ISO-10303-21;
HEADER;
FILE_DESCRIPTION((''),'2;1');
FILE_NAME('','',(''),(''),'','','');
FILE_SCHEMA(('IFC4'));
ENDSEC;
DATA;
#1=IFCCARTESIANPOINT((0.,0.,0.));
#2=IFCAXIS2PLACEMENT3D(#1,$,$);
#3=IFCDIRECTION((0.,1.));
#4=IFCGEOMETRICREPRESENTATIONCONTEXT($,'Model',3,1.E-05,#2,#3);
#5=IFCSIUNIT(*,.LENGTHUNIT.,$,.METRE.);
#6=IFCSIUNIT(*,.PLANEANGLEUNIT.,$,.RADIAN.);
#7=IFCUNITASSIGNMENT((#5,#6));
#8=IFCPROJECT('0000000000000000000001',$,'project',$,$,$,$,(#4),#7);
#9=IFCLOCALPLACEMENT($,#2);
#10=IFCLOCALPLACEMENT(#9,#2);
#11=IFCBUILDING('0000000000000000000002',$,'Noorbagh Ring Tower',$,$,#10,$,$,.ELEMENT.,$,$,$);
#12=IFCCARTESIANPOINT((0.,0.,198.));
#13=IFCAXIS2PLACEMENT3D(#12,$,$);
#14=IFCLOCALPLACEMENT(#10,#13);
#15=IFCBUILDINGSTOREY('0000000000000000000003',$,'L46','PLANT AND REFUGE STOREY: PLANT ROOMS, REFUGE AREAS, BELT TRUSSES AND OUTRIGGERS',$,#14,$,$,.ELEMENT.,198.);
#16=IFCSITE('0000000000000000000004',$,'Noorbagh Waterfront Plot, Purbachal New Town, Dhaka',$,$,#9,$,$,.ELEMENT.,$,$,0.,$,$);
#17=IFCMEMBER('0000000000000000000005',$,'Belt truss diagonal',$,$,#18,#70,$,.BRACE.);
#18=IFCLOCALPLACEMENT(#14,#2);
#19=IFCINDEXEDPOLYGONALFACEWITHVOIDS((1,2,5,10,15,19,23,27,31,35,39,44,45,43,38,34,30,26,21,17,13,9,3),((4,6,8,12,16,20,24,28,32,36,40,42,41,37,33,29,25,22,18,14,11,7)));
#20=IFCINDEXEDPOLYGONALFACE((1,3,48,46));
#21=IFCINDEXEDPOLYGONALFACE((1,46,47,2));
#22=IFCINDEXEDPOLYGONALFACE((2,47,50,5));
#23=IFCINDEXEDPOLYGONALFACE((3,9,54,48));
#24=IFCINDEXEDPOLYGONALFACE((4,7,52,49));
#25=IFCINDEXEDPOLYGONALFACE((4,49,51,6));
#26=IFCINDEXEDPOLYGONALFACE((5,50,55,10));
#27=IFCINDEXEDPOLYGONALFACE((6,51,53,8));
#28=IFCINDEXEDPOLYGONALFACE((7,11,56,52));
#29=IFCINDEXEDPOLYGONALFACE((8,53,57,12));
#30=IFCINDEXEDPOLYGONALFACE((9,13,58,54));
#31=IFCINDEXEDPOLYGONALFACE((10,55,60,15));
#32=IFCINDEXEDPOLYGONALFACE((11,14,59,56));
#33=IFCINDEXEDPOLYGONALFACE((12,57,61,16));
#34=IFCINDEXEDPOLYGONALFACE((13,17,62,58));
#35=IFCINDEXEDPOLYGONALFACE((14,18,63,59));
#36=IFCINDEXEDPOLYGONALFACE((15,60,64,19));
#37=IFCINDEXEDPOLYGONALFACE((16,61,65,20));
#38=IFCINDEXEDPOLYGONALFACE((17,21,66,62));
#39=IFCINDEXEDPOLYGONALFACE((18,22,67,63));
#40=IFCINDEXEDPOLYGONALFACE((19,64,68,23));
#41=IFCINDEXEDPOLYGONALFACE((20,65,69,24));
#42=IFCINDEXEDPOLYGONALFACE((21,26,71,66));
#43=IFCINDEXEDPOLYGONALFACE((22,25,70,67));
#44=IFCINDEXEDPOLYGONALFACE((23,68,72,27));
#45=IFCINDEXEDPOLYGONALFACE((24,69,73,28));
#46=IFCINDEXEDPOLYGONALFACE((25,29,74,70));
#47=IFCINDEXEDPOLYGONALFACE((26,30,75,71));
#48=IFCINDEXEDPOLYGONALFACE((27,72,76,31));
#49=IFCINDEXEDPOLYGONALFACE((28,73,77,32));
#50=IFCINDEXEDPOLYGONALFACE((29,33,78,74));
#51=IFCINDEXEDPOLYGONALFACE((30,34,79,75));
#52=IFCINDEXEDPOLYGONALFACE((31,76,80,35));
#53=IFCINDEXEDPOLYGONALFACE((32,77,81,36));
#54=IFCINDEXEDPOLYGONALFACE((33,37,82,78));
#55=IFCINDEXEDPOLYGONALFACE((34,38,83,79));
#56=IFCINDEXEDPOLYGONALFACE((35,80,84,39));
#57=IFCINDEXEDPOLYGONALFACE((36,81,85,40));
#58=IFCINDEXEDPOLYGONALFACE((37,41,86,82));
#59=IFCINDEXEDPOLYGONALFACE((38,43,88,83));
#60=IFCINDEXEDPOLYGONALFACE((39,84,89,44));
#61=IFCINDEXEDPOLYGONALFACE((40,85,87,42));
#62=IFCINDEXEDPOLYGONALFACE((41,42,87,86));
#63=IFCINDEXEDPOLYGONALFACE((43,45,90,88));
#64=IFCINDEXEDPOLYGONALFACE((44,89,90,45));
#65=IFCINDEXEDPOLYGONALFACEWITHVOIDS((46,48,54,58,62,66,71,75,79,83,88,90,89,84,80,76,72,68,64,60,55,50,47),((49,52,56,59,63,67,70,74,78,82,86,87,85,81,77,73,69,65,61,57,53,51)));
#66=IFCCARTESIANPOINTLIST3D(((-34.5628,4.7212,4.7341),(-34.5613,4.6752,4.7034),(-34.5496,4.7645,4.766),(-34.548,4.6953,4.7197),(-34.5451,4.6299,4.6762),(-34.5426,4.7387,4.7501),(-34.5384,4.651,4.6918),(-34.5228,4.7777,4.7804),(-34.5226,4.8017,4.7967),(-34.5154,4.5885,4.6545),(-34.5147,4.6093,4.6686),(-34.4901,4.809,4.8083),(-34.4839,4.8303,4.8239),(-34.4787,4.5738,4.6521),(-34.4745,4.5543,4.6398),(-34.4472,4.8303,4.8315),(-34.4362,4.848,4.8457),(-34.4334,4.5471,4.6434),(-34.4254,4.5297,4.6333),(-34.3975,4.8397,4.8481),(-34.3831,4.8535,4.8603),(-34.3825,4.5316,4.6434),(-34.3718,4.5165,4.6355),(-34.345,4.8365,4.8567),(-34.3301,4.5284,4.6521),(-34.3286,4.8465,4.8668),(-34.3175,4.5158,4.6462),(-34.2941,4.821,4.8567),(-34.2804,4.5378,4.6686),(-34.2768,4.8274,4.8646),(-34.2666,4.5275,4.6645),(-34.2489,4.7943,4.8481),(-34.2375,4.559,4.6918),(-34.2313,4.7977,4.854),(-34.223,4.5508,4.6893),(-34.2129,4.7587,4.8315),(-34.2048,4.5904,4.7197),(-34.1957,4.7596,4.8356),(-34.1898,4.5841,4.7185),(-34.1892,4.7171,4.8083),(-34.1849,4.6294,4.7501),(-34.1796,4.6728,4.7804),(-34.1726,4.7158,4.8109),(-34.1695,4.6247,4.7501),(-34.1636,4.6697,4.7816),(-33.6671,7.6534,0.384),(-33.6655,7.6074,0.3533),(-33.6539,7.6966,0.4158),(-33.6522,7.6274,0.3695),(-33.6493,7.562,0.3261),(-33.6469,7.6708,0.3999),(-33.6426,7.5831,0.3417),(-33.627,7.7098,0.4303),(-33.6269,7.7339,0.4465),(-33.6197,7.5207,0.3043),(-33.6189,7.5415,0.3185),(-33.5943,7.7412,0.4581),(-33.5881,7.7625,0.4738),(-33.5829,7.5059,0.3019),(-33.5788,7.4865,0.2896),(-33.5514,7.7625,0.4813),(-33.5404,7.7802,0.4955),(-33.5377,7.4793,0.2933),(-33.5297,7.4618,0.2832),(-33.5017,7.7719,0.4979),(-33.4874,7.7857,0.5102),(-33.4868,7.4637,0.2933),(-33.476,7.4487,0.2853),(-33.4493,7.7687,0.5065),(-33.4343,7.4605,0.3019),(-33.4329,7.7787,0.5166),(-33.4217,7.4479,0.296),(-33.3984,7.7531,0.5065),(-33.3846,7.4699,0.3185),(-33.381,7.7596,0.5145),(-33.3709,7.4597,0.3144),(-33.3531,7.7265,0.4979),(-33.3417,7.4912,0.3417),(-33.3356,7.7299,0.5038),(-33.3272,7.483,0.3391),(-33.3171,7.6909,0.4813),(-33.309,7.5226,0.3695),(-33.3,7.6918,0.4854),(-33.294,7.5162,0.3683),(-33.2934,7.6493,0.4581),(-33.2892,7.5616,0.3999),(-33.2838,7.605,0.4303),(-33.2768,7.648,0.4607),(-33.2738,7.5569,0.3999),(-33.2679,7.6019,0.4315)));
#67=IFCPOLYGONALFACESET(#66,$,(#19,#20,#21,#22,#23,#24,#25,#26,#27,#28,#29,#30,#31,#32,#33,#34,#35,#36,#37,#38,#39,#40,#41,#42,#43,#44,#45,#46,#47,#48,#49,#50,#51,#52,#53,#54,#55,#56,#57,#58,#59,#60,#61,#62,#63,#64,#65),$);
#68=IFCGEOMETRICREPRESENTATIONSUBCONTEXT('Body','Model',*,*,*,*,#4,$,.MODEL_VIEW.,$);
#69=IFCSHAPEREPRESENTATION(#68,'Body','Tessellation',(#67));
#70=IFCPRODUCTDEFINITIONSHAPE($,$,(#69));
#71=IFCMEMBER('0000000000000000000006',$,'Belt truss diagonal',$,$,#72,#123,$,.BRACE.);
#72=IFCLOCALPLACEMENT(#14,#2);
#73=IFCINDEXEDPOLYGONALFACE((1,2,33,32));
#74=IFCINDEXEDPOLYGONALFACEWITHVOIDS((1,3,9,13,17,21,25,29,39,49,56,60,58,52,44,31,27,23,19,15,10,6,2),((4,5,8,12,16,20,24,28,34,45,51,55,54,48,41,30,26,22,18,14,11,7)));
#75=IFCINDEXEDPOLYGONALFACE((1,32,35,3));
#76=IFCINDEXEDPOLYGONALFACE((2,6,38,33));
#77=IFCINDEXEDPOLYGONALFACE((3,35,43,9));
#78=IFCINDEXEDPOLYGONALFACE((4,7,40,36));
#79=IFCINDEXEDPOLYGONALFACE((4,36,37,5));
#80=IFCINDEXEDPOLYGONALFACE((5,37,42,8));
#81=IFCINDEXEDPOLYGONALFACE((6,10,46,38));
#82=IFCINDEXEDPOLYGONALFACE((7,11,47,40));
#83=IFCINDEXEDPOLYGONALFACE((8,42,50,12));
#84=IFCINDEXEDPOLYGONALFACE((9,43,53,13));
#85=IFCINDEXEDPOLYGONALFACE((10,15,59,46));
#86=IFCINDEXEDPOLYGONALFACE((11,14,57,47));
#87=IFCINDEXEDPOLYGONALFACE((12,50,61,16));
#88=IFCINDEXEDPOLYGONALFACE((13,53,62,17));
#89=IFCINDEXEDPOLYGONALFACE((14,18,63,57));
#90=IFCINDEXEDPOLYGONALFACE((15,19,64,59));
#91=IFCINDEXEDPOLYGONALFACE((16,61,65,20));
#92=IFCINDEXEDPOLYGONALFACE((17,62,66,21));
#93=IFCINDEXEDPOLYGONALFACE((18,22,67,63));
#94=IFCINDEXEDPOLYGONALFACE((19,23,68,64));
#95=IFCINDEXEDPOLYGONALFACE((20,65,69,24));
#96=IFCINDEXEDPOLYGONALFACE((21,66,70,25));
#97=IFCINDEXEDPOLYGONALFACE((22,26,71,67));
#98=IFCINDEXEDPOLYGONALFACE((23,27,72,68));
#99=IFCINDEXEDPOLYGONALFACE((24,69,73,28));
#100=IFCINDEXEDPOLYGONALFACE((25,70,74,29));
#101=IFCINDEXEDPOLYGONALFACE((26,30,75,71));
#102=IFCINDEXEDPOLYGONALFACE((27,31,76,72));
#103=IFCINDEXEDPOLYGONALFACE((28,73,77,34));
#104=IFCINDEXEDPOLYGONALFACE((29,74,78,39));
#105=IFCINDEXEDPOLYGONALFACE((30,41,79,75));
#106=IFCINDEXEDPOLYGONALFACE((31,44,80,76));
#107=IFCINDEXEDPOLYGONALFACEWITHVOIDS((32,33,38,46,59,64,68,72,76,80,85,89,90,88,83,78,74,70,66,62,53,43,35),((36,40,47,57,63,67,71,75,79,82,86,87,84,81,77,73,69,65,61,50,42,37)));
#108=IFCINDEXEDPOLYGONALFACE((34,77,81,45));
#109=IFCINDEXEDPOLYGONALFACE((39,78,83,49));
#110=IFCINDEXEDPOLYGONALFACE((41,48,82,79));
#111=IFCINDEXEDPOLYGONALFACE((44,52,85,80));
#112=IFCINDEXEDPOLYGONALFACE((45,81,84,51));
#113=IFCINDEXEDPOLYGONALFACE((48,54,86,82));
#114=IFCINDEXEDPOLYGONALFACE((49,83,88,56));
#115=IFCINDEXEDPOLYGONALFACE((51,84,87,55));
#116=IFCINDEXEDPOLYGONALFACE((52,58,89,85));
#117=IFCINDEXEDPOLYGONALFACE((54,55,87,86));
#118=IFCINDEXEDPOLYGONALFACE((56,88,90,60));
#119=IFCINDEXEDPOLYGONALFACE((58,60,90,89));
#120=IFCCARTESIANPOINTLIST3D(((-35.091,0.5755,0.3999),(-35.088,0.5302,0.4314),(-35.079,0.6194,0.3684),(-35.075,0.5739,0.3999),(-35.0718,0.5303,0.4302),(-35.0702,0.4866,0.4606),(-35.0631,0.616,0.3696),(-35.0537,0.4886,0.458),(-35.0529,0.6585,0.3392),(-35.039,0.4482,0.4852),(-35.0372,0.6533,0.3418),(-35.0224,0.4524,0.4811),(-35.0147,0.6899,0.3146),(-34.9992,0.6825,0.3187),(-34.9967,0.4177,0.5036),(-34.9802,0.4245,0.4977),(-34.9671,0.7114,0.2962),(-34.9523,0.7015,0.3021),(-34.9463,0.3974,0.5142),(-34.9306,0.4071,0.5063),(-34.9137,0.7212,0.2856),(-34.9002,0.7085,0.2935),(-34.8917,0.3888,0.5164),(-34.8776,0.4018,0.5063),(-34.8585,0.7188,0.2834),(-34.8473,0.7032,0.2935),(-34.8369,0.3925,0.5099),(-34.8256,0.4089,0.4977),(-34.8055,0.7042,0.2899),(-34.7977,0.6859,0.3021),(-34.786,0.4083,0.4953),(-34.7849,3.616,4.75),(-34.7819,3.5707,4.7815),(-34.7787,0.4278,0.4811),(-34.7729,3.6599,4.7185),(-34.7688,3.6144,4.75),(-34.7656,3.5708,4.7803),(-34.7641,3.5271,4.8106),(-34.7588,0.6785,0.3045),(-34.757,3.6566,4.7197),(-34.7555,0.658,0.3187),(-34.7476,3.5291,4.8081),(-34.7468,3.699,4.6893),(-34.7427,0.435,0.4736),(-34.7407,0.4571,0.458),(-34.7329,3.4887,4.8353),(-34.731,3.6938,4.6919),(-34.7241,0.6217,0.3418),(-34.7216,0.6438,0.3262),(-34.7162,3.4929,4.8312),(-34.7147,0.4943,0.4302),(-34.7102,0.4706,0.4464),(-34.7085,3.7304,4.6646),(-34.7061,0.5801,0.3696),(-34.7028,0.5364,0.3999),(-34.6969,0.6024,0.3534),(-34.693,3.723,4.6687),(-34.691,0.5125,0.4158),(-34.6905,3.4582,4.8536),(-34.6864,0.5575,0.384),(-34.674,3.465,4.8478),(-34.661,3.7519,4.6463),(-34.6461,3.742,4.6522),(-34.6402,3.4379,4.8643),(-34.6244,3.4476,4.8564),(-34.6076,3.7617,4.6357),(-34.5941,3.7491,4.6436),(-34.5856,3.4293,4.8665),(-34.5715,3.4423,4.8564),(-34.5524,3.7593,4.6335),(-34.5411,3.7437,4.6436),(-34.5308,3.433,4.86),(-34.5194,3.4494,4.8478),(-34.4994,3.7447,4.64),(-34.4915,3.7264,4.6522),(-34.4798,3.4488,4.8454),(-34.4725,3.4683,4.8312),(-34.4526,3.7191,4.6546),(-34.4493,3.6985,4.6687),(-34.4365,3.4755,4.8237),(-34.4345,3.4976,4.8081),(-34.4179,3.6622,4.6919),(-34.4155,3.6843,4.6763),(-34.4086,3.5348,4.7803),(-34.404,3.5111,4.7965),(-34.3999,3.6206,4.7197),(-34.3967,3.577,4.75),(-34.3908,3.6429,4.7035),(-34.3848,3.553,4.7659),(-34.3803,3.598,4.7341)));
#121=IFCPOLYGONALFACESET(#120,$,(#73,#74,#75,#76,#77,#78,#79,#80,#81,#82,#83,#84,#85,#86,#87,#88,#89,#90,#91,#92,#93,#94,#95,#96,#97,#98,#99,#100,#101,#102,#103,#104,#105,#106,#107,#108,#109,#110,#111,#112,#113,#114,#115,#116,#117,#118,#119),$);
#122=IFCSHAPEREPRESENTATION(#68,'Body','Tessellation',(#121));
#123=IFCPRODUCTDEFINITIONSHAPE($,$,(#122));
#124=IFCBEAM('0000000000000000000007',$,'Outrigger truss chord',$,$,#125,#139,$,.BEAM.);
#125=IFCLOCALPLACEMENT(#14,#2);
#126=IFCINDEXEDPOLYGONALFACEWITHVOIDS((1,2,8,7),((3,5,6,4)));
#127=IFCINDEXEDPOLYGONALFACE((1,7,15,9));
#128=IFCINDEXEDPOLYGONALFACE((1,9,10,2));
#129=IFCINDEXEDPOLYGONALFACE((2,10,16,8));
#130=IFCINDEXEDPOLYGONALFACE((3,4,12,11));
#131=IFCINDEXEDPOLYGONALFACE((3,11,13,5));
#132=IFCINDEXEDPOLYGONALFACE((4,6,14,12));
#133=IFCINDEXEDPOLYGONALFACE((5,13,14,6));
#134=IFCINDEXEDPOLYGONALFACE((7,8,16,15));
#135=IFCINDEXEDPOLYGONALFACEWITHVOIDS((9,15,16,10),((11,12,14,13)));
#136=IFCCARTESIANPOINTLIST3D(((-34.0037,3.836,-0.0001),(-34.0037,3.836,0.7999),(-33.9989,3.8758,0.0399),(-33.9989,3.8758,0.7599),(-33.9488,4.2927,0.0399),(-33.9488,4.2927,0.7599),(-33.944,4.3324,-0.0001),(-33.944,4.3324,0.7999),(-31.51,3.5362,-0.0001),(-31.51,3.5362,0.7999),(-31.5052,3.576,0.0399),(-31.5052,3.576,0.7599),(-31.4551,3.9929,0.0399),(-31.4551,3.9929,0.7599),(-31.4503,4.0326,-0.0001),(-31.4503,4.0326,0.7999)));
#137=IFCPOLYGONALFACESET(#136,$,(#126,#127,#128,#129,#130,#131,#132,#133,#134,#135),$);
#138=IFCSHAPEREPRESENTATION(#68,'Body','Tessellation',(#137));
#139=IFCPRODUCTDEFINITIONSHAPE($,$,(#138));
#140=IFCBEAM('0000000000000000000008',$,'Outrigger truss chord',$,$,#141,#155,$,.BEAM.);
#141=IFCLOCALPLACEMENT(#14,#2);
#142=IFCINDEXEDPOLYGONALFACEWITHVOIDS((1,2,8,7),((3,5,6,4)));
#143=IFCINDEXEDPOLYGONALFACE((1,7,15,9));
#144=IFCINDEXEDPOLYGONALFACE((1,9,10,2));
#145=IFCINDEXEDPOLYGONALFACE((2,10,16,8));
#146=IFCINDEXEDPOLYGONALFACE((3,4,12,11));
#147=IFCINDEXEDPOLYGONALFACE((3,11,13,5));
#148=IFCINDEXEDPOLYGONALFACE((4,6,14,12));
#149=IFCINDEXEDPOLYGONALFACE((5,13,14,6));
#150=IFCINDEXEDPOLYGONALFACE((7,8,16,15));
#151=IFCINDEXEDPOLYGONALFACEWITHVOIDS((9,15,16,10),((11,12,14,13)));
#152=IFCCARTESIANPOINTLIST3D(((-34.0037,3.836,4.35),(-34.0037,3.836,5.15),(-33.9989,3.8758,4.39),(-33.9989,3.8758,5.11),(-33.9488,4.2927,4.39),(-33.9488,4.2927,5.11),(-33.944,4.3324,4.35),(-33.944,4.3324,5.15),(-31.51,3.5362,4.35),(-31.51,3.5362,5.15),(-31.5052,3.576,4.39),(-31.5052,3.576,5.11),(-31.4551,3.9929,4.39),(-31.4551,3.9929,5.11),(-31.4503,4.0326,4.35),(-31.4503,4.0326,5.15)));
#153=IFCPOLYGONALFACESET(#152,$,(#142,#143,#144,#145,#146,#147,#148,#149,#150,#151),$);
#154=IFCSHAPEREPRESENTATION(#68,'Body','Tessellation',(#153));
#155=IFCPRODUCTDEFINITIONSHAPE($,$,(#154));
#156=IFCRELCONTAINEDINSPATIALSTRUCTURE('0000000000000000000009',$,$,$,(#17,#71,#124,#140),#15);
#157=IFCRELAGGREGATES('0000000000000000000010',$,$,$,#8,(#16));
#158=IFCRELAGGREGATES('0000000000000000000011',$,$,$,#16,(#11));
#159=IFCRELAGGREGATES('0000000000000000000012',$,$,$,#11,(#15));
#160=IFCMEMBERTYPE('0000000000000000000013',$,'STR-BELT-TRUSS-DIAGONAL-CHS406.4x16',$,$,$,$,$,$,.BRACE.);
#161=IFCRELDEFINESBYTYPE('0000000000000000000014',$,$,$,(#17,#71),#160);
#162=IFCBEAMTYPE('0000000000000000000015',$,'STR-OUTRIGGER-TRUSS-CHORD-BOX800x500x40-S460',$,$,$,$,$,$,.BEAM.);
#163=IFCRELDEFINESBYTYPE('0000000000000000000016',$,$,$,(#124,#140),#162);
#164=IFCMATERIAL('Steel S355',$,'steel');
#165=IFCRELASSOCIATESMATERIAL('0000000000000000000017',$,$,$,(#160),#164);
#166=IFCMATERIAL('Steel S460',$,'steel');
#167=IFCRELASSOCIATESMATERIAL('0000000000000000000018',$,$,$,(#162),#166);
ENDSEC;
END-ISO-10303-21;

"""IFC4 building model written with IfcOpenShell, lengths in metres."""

from ifc_helpers import new_model, si_unit, direction, frame, origin, origin_2d, place, context, subcontext, project, spatial, hollow_rectangle, hollow_circle, extrude, material, material_profile, profile_set, type_object, element, save


model = new_model("IFC4")

# Units and contexts
model_context = context("Model", 3, precision=1e-05, world=origin(), true_north=direction((0.0, 1.0)))
body_context = subcontext(model_context, "Body", "Model", "MODEL_VIEW")
ifc_project = project(units=[si_unit("LENGTHUNIT", "METRE"), si_unit("PLANEANGLEUNIT", "RADIAN")], contexts=[model_context])

# Site, building, storey
site_placement = place(None, origin())
site = spatial("IfcSite", under=ifc_project, at=site_placement, Name="Noorbagh Waterfront Plot, Purbachal New Town, Dhaka", CompositionType="ELEMENT", RefElevation=0.0)
building_placement = place(site_placement, origin())
building = spatial("IfcBuilding", under=site, at=building_placement, Name="Noorbagh Ring Tower", CompositionType="ELEMENT")
storey_placement = place(building_placement, frame((0.0, 0.0, 198.0)))
storey = spatial("IfcBuildingStorey", under=building, at=storey_placement, Name="L46", Description="PLANT AND REFUGE STOREY: PLANT ROOMS, REFUGE AREAS, BELT TRUSSES AND OUTRIGGERS", CompositionType="ELEMENT", Elevation=198.0)

# Members
ifc_material_1 = material(Name="Steel S355", Category="steel")
ifc_material_profile_1 = material_profile(ifc_material_1, hollow_circle(Radius=0.2031, WallThickness=0.0161, at=origin_2d()), Name="CHS406.4x16")
ifc_profile_set_1 = profile_set([ifc_material_profile_1], Name="Steel S355")
member_type_1 = type_object("IfcMemberType", Name="STR-BELT-TRUSS-DIAGONAL-CHS406.4x16", PredefinedType="BRACE", material=ifc_profile_set_1)
member_1_placement = place(storey_placement, frame((-33.468, 7.6162, 0.3999), z_axis=(-0.168313, -0.550951, 0.817389), x_axis=(0.956368, -0.292166, 0.0)))
element("IfcMember", 1, at=member_1_placement, inside=storey, type_object=member_type_1, Name="Belt truss diagonal", PredefinedType="BRACE", context=body_context, shape_type="SweptSolid", body=[
    extrude(hollow_circle(Radius=0.2031, WallThickness=0.0161, at=origin_2d()), origin(), (0.0, 0.0, 1.0), 5.322),
])
member_2_placement = place(storey_placement, frame((-34.8889, 0.5552, 0.3999), z_axis=(0.057589, 0.571937, 0.818273), x_axis=(-0.994969, 0.100184, 0.0)))
element("IfcMember", 2, at=member_2_placement, inside=storey, type_object=member_type_1, Name="Belt truss diagonal", PredefinedType="BRACE", context=body_context, shape_type="SweptSolid", body=[
    extrude(hollow_circle(Radius=0.2031, WallThickness=0.0161, at=origin_2d()), origin(), (0.0, 0.0, 1.0), 5.3162),
])

# Beams
ifc_material_2 = material(Name="Steel S460", Category="steel")
ifc_material_profile_2 = material_profile(ifc_material_2, hollow_rectangle(XDim=0.5, YDim=0.8, WallThickness=0.04, at=origin_2d()), Name="BOX800x500x40")
ifc_profile_set_2 = profile_set([ifc_material_profile_2], Name="Steel S460")
beam_type_1 = type_object("IfcBeamType", Name="STR-OUTRIGGER-TRUSS-CHORD-BOX800x500x40-S460", PredefinedType="BEAM", material=ifc_profile_set_2)
for number, where, z_axis, x_axis, name in (
    (3, (-33.9739, 4.0842, 0.3999), (0.99285, -0.119368, 0.0), (0.119368, 0.99285, 0.0), "Outrigger truss chord"),
    (4, (-33.9739, 4.0842, 4.75), (0.99285, -0.119368, 0.0), (0.119368, 0.99285, 0.0), "Outrigger truss chord"),
):
    element("IfcBeam", number, at=place(storey_placement, frame(where, z_axis=z_axis, x_axis=x_axis)), inside=storey, type_object=beam_type_1, Name=name, PredefinedType="BEAM", context=body_context, shape_type="SweptSolid", body=[
        extrude(hollow_rectangle(XDim=0.5, YDim=0.8, WallThickness=0.04, at=origin_2d()), origin(), (0.0, 0.0, 1.0), 2.5117),
    ])

save(model, "model.ifc")
